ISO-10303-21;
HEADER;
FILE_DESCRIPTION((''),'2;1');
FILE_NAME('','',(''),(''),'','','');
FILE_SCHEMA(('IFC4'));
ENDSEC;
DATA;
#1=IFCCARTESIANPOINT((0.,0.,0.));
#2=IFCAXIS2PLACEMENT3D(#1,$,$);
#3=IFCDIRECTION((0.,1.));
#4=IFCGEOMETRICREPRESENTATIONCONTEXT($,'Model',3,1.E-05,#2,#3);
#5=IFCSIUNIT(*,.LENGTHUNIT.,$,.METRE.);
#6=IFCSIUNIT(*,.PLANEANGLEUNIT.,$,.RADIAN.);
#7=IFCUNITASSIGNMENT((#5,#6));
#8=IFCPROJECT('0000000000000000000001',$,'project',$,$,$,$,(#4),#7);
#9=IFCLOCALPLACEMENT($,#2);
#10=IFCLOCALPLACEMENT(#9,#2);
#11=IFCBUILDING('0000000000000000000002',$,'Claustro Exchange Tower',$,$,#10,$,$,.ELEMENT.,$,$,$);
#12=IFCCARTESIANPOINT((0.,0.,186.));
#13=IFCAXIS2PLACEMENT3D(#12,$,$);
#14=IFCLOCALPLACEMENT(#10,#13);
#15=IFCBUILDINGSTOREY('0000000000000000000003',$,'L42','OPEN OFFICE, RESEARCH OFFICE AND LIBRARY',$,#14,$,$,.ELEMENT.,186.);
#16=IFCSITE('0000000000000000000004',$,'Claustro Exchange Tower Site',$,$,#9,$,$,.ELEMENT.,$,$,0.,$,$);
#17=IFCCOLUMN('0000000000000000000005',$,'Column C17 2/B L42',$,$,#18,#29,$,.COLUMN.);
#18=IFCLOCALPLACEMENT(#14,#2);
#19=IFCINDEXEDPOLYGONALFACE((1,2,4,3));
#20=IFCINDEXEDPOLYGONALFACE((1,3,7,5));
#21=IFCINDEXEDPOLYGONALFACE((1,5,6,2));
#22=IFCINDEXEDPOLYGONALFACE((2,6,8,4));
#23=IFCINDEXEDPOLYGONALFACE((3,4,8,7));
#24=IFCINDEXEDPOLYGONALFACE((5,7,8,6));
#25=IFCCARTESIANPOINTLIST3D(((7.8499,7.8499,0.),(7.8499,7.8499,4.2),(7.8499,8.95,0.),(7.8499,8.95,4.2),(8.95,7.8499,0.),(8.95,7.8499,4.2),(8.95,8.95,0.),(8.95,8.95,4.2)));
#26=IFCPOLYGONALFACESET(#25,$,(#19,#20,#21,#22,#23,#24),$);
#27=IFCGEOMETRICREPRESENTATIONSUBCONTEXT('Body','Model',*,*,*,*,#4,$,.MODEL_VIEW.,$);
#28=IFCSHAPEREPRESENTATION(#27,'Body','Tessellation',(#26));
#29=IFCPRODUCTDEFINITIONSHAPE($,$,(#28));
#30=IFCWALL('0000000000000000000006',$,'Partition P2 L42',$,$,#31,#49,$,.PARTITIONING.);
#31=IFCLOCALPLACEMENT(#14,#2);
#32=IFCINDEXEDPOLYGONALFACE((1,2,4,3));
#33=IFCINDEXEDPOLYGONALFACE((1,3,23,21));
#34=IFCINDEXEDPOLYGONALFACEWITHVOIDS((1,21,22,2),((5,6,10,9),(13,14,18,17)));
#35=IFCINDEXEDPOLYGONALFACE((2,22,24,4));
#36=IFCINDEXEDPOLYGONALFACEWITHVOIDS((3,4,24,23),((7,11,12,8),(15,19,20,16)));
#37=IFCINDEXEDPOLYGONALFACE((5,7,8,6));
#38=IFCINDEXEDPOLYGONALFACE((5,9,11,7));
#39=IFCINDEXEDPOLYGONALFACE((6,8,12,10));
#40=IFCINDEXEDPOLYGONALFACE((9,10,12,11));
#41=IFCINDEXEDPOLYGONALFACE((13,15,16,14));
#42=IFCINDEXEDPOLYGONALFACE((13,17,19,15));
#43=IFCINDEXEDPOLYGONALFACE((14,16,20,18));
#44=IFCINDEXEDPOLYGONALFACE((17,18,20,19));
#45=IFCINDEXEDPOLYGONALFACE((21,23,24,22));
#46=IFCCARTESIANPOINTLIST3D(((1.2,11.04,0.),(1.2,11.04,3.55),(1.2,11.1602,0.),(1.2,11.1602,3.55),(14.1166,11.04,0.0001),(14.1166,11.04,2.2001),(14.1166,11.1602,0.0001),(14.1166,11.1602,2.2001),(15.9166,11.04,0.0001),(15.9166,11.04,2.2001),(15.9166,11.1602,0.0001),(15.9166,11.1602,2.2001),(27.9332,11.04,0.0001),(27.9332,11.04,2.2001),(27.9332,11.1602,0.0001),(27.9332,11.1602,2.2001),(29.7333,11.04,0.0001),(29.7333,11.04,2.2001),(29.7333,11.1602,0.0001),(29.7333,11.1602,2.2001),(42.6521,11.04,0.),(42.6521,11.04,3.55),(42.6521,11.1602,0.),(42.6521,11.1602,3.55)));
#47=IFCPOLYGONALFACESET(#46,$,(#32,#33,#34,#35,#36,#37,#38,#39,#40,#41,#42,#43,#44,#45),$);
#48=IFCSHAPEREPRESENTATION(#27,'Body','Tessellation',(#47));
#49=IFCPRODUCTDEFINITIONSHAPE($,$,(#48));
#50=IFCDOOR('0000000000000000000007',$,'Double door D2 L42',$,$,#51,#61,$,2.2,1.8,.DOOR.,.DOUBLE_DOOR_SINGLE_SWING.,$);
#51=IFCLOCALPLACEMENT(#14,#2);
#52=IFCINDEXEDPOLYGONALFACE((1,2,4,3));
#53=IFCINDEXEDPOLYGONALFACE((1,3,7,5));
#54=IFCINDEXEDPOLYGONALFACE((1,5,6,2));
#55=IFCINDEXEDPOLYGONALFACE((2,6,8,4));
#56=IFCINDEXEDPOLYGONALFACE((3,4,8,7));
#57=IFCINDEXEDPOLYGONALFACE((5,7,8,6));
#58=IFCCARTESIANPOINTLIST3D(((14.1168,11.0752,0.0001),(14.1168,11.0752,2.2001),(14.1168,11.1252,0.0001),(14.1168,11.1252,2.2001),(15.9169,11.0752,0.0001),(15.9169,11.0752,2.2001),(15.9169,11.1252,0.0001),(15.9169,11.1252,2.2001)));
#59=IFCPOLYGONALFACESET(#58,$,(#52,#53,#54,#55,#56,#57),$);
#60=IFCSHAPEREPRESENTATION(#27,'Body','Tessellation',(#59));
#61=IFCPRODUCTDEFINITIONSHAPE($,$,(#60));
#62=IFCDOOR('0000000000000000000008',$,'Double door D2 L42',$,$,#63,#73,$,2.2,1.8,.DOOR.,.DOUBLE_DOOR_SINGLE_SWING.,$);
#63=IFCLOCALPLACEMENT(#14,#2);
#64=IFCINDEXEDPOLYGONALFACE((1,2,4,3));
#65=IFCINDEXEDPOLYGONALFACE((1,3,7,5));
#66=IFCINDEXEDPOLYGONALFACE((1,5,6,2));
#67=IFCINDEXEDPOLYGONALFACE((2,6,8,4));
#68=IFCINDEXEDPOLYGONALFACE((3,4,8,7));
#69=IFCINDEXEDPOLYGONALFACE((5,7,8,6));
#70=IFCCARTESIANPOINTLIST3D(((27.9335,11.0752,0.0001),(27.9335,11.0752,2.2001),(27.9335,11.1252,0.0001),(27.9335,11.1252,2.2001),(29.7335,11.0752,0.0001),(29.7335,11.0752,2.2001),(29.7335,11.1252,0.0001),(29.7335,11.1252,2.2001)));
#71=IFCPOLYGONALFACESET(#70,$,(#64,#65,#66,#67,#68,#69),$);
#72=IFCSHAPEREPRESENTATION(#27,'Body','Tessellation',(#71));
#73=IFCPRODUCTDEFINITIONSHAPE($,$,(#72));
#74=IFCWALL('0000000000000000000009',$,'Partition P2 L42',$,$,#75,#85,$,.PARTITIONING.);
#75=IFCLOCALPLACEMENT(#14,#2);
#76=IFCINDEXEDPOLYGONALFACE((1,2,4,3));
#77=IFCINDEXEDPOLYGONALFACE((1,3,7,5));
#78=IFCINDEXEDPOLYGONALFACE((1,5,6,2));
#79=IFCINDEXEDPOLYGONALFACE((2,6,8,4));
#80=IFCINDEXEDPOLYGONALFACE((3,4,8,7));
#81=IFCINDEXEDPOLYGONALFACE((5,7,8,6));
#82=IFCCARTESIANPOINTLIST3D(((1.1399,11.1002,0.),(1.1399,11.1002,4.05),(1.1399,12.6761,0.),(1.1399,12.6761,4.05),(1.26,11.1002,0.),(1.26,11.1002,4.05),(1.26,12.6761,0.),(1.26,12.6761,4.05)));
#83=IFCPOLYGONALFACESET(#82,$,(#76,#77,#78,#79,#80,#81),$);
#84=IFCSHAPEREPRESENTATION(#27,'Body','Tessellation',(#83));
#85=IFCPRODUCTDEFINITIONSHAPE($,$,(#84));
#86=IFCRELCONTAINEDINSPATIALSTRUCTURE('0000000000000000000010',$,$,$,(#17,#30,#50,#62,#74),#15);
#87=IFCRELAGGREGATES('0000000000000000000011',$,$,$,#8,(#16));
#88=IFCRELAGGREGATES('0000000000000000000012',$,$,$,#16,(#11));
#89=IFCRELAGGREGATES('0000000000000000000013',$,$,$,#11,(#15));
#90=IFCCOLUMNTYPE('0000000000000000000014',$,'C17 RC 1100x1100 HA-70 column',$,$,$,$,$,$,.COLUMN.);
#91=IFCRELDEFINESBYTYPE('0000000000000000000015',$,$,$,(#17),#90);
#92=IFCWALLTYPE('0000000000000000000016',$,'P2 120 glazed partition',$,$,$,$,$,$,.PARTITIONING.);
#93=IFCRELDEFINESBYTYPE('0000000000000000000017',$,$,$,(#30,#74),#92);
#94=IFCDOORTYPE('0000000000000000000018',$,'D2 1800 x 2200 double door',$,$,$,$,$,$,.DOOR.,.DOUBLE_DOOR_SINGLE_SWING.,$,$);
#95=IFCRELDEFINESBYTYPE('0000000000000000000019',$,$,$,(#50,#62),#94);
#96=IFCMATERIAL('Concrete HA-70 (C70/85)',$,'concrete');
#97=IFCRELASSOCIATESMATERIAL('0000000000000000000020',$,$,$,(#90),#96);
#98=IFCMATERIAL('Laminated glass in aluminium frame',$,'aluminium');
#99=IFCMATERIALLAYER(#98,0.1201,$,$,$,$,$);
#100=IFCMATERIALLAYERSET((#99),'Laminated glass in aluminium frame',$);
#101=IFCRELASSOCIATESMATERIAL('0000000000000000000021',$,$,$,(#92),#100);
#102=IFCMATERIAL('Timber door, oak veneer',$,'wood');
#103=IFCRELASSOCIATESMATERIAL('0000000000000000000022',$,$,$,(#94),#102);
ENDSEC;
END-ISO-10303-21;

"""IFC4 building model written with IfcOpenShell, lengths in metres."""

from ifc_helpers import new_model, si_unit, direction, frame, frame_2d, origin, origin_2d, place, context, subcontext, project, spatial, rectangle, extrude, material, layer, layer_set, material_profile, profile_set, type_object, element, fill, save


model = new_model("IFC4")

# Units and contexts
model_context = context("Model", 3, precision=1e-05, world=origin(), true_north=direction((0.0, 1.0)))
body_context = subcontext(model_context, "Body", "Model", "MODEL_VIEW")
ifc_project = project(units=[si_unit("LENGTHUNIT", "METRE"), si_unit("PLANEANGLEUNIT", "RADIAN")], contexts=[model_context])

# Site, building, storey
site_placement = place(None, origin())
site = spatial("IfcSite", under=ifc_project, at=site_placement, Name="Claustro Exchange Tower Site", CompositionType="ELEMENT", RefElevation=0.0)
building_placement = place(site_placement, origin())
building = spatial("IfcBuilding", under=site, at=building_placement, Name="Claustro Exchange Tower", CompositionType="ELEMENT")
storey_placement = place(building_placement, frame((0.0, 0.0, 186.0)))
storey = spatial("IfcBuildingStorey", under=building, at=storey_placement, Name="L42", Description="OPEN OFFICE, RESEARCH OFFICE AND LIBRARY", CompositionType="ELEMENT", Elevation=186.0)

# Column
ifc_material_1 = material(Name="Concrete HA-70 (C70/85)", Category="concrete")
ifc_material_profile = material_profile(ifc_material_1, rectangle(XDim=1.1001, YDim=1.1001, at=origin_2d()), Name="RC 1100x1100")
ifc_profile_set = profile_set([ifc_material_profile], Name="Concrete HA-70 (C70/85)")
column_type = type_object("IfcColumnType", Name="C17 RC 1100x1100 HA-70 column", PredefinedType="COLUMN", material=ifc_profile_set)
column_placement = place(storey_placement, frame((8.3999, 8.3999, 0.0), z_axis=(0.0, 0.0, 1.0), x_axis=(1.0, 0.0, 0.0)))
element("IfcColumn", 1, at=column_placement, inside=storey, type_object=column_type, Name="Column C17 2/B L42", PredefinedType="COLUMN", context=body_context, shape_type="SweptSolid", body=[
    extrude(rectangle(XDim=1.1001, YDim=1.1001, at=origin_2d()), origin(), (0.0, 0.0, 1.0), 4.2),
])

# Wall, openings, doors
ifc_material_2 = material(Name="Laminated glass in aluminium frame", Category="aluminium")
ifc_layer_1 = layer(ifc_material_2, 0.1201)
ifc_layer_set_1 = layer_set([ifc_layer_1], Name="Laminated glass in aluminium frame")
wall_type_1 = type_object("IfcWallType", Name="P2 120 glazed partition", PredefinedType="PARTITIONING", material=ifc_layer_set_1)
wall_1_placement = place(storey_placement, frame((1.2, 11.1001, 0.0), z_axis=(0.0, 0.0, 1.0), x_axis=(1.0, 0.0, 0.0)))
wall_1 = element("IfcWall", 2, at=wall_1_placement, inside=storey, type_object=wall_type_1, Name="Partition P2 L42", PredefinedType="PARTITIONING", context=body_context, shape_type="SweptSolid", body=[
    extrude(rectangle(XDim=41.4521, YDim=0.1201, at=frame_2d((20.7261, 0.0))), origin(), (0.0, 0.0, 1.0), 3.55),
])
opening_1_placement = place(wall_1_placement, frame((12.9167, 0.0, 0.0)))
opening_1 = element("IfcOpeningElement", 3, at=opening_1_placement, cuts=wall_1, PredefinedType="OPENING", context=body_context, shape_type="SweptSolid", body=[
    extrude(rectangle(XDim=1.8, YDim=2.2, at=frame_2d((0.8999, 1.1001))), frame((0.0, 0.0701, 0.0), z_axis=(0.0, -1.0, 0.0), x_axis=(1.0, 0.0, 0.0)), (0.0, 0.0, 1.0), 0.1401),
])
opening_2_placement = place(wall_1_placement, frame((26.7334, 0.0, 0.0)))
opening_2 = element("IfcOpeningElement", 4, at=opening_2_placement, cuts=wall_1, PredefinedType="OPENING", context=body_context, shape_type="SweptSolid", body=[
    extrude(rectangle(XDim=1.8, YDim=2.2, at=frame_2d((0.8999, 1.1001))), frame((0.0, 0.0701, 0.0), z_axis=(0.0, -1.0, 0.0), x_axis=(1.0, 0.0, 0.0)), (0.0, 0.0, 1.0), 0.1401),
])
ifc_material_3 = material(Name="Timber door, oak veneer", Category="wood")
door_type_1 = type_object("IfcDoorType", Name="D2 1800 x 2200 double door", OperationType="DOUBLE_DOOR_SINGLE_SWING", PredefinedType="DOOR", material=ifc_material_3)
door_1_placement = place(opening_1_placement, frame((1.8, 0.0, 0.0), z_axis=(0.0, 0.0, 1.0), x_axis=(-1.0, 0.0, 0.0)))
door_1 = element("IfcDoor", 5, at=door_1_placement, inside=storey, type_object=door_type_1, Name="Double door D2 L42", OperationType="DOUBLE_DOOR_SINGLE_SWING", OverallHeight=2.2, OverallWidth=1.8, PredefinedType="DOOR", context=body_context, shape_type="SweptSolid", body=[
    extrude(rectangle(XDim=1.8, YDim=2.2, at=frame_2d((0.8999, 1.1001))), frame((0.0, 0.0249, 0.0), z_axis=(0.0, -1.0, 0.0), x_axis=(1.0, 0.0, 0.0)), (0.0, 0.0, 1.0), 0.05),
])
fill(opening_1, door_1)
door_2_placement = place(opening_2_placement, frame((1.8, 0.0, 0.0), z_axis=(0.0, 0.0, 1.0), x_axis=(-1.0, 0.0, 0.0)))
door_2 = element("IfcDoor", 6, at=door_2_placement, inside=storey, type_object=door_type_1, Name="Double door D2 L42", OperationType="DOUBLE_DOOR_SINGLE_SWING", OverallHeight=2.2, OverallWidth=1.8, PredefinedType="DOOR", context=body_context, shape_type="SweptSolid", body=[
    extrude(rectangle(XDim=1.8, YDim=2.2, at=frame_2d((0.8999, 1.1001))), frame((0.0, 0.0249, 0.0), z_axis=(0.0, -1.0, 0.0), x_axis=(1.0, 0.0, 0.0)), (0.0, 0.0, 1.0), 0.05),
])
fill(opening_2, door_2)

# Wall
wall_2_placement = place(storey_placement, frame((1.2, 11.1001, 0.0), z_axis=(0.0, 0.0, 1.0), x_axis=(0.0, 1.0, 0.0)))
element("IfcWall", 7, at=wall_2_placement, inside=storey, type_object=wall_type_1, Name="Partition P2 L42", PredefinedType="PARTITIONING", context=body_context, shape_type="SweptSolid", body=[
    extrude(rectangle(XDim=1.5759, YDim=0.1201, at=frame_2d((0.7881, 0.0))), origin(), (0.0, 0.0, 1.0), 4.05),
])

save(model, "model.ifc")
